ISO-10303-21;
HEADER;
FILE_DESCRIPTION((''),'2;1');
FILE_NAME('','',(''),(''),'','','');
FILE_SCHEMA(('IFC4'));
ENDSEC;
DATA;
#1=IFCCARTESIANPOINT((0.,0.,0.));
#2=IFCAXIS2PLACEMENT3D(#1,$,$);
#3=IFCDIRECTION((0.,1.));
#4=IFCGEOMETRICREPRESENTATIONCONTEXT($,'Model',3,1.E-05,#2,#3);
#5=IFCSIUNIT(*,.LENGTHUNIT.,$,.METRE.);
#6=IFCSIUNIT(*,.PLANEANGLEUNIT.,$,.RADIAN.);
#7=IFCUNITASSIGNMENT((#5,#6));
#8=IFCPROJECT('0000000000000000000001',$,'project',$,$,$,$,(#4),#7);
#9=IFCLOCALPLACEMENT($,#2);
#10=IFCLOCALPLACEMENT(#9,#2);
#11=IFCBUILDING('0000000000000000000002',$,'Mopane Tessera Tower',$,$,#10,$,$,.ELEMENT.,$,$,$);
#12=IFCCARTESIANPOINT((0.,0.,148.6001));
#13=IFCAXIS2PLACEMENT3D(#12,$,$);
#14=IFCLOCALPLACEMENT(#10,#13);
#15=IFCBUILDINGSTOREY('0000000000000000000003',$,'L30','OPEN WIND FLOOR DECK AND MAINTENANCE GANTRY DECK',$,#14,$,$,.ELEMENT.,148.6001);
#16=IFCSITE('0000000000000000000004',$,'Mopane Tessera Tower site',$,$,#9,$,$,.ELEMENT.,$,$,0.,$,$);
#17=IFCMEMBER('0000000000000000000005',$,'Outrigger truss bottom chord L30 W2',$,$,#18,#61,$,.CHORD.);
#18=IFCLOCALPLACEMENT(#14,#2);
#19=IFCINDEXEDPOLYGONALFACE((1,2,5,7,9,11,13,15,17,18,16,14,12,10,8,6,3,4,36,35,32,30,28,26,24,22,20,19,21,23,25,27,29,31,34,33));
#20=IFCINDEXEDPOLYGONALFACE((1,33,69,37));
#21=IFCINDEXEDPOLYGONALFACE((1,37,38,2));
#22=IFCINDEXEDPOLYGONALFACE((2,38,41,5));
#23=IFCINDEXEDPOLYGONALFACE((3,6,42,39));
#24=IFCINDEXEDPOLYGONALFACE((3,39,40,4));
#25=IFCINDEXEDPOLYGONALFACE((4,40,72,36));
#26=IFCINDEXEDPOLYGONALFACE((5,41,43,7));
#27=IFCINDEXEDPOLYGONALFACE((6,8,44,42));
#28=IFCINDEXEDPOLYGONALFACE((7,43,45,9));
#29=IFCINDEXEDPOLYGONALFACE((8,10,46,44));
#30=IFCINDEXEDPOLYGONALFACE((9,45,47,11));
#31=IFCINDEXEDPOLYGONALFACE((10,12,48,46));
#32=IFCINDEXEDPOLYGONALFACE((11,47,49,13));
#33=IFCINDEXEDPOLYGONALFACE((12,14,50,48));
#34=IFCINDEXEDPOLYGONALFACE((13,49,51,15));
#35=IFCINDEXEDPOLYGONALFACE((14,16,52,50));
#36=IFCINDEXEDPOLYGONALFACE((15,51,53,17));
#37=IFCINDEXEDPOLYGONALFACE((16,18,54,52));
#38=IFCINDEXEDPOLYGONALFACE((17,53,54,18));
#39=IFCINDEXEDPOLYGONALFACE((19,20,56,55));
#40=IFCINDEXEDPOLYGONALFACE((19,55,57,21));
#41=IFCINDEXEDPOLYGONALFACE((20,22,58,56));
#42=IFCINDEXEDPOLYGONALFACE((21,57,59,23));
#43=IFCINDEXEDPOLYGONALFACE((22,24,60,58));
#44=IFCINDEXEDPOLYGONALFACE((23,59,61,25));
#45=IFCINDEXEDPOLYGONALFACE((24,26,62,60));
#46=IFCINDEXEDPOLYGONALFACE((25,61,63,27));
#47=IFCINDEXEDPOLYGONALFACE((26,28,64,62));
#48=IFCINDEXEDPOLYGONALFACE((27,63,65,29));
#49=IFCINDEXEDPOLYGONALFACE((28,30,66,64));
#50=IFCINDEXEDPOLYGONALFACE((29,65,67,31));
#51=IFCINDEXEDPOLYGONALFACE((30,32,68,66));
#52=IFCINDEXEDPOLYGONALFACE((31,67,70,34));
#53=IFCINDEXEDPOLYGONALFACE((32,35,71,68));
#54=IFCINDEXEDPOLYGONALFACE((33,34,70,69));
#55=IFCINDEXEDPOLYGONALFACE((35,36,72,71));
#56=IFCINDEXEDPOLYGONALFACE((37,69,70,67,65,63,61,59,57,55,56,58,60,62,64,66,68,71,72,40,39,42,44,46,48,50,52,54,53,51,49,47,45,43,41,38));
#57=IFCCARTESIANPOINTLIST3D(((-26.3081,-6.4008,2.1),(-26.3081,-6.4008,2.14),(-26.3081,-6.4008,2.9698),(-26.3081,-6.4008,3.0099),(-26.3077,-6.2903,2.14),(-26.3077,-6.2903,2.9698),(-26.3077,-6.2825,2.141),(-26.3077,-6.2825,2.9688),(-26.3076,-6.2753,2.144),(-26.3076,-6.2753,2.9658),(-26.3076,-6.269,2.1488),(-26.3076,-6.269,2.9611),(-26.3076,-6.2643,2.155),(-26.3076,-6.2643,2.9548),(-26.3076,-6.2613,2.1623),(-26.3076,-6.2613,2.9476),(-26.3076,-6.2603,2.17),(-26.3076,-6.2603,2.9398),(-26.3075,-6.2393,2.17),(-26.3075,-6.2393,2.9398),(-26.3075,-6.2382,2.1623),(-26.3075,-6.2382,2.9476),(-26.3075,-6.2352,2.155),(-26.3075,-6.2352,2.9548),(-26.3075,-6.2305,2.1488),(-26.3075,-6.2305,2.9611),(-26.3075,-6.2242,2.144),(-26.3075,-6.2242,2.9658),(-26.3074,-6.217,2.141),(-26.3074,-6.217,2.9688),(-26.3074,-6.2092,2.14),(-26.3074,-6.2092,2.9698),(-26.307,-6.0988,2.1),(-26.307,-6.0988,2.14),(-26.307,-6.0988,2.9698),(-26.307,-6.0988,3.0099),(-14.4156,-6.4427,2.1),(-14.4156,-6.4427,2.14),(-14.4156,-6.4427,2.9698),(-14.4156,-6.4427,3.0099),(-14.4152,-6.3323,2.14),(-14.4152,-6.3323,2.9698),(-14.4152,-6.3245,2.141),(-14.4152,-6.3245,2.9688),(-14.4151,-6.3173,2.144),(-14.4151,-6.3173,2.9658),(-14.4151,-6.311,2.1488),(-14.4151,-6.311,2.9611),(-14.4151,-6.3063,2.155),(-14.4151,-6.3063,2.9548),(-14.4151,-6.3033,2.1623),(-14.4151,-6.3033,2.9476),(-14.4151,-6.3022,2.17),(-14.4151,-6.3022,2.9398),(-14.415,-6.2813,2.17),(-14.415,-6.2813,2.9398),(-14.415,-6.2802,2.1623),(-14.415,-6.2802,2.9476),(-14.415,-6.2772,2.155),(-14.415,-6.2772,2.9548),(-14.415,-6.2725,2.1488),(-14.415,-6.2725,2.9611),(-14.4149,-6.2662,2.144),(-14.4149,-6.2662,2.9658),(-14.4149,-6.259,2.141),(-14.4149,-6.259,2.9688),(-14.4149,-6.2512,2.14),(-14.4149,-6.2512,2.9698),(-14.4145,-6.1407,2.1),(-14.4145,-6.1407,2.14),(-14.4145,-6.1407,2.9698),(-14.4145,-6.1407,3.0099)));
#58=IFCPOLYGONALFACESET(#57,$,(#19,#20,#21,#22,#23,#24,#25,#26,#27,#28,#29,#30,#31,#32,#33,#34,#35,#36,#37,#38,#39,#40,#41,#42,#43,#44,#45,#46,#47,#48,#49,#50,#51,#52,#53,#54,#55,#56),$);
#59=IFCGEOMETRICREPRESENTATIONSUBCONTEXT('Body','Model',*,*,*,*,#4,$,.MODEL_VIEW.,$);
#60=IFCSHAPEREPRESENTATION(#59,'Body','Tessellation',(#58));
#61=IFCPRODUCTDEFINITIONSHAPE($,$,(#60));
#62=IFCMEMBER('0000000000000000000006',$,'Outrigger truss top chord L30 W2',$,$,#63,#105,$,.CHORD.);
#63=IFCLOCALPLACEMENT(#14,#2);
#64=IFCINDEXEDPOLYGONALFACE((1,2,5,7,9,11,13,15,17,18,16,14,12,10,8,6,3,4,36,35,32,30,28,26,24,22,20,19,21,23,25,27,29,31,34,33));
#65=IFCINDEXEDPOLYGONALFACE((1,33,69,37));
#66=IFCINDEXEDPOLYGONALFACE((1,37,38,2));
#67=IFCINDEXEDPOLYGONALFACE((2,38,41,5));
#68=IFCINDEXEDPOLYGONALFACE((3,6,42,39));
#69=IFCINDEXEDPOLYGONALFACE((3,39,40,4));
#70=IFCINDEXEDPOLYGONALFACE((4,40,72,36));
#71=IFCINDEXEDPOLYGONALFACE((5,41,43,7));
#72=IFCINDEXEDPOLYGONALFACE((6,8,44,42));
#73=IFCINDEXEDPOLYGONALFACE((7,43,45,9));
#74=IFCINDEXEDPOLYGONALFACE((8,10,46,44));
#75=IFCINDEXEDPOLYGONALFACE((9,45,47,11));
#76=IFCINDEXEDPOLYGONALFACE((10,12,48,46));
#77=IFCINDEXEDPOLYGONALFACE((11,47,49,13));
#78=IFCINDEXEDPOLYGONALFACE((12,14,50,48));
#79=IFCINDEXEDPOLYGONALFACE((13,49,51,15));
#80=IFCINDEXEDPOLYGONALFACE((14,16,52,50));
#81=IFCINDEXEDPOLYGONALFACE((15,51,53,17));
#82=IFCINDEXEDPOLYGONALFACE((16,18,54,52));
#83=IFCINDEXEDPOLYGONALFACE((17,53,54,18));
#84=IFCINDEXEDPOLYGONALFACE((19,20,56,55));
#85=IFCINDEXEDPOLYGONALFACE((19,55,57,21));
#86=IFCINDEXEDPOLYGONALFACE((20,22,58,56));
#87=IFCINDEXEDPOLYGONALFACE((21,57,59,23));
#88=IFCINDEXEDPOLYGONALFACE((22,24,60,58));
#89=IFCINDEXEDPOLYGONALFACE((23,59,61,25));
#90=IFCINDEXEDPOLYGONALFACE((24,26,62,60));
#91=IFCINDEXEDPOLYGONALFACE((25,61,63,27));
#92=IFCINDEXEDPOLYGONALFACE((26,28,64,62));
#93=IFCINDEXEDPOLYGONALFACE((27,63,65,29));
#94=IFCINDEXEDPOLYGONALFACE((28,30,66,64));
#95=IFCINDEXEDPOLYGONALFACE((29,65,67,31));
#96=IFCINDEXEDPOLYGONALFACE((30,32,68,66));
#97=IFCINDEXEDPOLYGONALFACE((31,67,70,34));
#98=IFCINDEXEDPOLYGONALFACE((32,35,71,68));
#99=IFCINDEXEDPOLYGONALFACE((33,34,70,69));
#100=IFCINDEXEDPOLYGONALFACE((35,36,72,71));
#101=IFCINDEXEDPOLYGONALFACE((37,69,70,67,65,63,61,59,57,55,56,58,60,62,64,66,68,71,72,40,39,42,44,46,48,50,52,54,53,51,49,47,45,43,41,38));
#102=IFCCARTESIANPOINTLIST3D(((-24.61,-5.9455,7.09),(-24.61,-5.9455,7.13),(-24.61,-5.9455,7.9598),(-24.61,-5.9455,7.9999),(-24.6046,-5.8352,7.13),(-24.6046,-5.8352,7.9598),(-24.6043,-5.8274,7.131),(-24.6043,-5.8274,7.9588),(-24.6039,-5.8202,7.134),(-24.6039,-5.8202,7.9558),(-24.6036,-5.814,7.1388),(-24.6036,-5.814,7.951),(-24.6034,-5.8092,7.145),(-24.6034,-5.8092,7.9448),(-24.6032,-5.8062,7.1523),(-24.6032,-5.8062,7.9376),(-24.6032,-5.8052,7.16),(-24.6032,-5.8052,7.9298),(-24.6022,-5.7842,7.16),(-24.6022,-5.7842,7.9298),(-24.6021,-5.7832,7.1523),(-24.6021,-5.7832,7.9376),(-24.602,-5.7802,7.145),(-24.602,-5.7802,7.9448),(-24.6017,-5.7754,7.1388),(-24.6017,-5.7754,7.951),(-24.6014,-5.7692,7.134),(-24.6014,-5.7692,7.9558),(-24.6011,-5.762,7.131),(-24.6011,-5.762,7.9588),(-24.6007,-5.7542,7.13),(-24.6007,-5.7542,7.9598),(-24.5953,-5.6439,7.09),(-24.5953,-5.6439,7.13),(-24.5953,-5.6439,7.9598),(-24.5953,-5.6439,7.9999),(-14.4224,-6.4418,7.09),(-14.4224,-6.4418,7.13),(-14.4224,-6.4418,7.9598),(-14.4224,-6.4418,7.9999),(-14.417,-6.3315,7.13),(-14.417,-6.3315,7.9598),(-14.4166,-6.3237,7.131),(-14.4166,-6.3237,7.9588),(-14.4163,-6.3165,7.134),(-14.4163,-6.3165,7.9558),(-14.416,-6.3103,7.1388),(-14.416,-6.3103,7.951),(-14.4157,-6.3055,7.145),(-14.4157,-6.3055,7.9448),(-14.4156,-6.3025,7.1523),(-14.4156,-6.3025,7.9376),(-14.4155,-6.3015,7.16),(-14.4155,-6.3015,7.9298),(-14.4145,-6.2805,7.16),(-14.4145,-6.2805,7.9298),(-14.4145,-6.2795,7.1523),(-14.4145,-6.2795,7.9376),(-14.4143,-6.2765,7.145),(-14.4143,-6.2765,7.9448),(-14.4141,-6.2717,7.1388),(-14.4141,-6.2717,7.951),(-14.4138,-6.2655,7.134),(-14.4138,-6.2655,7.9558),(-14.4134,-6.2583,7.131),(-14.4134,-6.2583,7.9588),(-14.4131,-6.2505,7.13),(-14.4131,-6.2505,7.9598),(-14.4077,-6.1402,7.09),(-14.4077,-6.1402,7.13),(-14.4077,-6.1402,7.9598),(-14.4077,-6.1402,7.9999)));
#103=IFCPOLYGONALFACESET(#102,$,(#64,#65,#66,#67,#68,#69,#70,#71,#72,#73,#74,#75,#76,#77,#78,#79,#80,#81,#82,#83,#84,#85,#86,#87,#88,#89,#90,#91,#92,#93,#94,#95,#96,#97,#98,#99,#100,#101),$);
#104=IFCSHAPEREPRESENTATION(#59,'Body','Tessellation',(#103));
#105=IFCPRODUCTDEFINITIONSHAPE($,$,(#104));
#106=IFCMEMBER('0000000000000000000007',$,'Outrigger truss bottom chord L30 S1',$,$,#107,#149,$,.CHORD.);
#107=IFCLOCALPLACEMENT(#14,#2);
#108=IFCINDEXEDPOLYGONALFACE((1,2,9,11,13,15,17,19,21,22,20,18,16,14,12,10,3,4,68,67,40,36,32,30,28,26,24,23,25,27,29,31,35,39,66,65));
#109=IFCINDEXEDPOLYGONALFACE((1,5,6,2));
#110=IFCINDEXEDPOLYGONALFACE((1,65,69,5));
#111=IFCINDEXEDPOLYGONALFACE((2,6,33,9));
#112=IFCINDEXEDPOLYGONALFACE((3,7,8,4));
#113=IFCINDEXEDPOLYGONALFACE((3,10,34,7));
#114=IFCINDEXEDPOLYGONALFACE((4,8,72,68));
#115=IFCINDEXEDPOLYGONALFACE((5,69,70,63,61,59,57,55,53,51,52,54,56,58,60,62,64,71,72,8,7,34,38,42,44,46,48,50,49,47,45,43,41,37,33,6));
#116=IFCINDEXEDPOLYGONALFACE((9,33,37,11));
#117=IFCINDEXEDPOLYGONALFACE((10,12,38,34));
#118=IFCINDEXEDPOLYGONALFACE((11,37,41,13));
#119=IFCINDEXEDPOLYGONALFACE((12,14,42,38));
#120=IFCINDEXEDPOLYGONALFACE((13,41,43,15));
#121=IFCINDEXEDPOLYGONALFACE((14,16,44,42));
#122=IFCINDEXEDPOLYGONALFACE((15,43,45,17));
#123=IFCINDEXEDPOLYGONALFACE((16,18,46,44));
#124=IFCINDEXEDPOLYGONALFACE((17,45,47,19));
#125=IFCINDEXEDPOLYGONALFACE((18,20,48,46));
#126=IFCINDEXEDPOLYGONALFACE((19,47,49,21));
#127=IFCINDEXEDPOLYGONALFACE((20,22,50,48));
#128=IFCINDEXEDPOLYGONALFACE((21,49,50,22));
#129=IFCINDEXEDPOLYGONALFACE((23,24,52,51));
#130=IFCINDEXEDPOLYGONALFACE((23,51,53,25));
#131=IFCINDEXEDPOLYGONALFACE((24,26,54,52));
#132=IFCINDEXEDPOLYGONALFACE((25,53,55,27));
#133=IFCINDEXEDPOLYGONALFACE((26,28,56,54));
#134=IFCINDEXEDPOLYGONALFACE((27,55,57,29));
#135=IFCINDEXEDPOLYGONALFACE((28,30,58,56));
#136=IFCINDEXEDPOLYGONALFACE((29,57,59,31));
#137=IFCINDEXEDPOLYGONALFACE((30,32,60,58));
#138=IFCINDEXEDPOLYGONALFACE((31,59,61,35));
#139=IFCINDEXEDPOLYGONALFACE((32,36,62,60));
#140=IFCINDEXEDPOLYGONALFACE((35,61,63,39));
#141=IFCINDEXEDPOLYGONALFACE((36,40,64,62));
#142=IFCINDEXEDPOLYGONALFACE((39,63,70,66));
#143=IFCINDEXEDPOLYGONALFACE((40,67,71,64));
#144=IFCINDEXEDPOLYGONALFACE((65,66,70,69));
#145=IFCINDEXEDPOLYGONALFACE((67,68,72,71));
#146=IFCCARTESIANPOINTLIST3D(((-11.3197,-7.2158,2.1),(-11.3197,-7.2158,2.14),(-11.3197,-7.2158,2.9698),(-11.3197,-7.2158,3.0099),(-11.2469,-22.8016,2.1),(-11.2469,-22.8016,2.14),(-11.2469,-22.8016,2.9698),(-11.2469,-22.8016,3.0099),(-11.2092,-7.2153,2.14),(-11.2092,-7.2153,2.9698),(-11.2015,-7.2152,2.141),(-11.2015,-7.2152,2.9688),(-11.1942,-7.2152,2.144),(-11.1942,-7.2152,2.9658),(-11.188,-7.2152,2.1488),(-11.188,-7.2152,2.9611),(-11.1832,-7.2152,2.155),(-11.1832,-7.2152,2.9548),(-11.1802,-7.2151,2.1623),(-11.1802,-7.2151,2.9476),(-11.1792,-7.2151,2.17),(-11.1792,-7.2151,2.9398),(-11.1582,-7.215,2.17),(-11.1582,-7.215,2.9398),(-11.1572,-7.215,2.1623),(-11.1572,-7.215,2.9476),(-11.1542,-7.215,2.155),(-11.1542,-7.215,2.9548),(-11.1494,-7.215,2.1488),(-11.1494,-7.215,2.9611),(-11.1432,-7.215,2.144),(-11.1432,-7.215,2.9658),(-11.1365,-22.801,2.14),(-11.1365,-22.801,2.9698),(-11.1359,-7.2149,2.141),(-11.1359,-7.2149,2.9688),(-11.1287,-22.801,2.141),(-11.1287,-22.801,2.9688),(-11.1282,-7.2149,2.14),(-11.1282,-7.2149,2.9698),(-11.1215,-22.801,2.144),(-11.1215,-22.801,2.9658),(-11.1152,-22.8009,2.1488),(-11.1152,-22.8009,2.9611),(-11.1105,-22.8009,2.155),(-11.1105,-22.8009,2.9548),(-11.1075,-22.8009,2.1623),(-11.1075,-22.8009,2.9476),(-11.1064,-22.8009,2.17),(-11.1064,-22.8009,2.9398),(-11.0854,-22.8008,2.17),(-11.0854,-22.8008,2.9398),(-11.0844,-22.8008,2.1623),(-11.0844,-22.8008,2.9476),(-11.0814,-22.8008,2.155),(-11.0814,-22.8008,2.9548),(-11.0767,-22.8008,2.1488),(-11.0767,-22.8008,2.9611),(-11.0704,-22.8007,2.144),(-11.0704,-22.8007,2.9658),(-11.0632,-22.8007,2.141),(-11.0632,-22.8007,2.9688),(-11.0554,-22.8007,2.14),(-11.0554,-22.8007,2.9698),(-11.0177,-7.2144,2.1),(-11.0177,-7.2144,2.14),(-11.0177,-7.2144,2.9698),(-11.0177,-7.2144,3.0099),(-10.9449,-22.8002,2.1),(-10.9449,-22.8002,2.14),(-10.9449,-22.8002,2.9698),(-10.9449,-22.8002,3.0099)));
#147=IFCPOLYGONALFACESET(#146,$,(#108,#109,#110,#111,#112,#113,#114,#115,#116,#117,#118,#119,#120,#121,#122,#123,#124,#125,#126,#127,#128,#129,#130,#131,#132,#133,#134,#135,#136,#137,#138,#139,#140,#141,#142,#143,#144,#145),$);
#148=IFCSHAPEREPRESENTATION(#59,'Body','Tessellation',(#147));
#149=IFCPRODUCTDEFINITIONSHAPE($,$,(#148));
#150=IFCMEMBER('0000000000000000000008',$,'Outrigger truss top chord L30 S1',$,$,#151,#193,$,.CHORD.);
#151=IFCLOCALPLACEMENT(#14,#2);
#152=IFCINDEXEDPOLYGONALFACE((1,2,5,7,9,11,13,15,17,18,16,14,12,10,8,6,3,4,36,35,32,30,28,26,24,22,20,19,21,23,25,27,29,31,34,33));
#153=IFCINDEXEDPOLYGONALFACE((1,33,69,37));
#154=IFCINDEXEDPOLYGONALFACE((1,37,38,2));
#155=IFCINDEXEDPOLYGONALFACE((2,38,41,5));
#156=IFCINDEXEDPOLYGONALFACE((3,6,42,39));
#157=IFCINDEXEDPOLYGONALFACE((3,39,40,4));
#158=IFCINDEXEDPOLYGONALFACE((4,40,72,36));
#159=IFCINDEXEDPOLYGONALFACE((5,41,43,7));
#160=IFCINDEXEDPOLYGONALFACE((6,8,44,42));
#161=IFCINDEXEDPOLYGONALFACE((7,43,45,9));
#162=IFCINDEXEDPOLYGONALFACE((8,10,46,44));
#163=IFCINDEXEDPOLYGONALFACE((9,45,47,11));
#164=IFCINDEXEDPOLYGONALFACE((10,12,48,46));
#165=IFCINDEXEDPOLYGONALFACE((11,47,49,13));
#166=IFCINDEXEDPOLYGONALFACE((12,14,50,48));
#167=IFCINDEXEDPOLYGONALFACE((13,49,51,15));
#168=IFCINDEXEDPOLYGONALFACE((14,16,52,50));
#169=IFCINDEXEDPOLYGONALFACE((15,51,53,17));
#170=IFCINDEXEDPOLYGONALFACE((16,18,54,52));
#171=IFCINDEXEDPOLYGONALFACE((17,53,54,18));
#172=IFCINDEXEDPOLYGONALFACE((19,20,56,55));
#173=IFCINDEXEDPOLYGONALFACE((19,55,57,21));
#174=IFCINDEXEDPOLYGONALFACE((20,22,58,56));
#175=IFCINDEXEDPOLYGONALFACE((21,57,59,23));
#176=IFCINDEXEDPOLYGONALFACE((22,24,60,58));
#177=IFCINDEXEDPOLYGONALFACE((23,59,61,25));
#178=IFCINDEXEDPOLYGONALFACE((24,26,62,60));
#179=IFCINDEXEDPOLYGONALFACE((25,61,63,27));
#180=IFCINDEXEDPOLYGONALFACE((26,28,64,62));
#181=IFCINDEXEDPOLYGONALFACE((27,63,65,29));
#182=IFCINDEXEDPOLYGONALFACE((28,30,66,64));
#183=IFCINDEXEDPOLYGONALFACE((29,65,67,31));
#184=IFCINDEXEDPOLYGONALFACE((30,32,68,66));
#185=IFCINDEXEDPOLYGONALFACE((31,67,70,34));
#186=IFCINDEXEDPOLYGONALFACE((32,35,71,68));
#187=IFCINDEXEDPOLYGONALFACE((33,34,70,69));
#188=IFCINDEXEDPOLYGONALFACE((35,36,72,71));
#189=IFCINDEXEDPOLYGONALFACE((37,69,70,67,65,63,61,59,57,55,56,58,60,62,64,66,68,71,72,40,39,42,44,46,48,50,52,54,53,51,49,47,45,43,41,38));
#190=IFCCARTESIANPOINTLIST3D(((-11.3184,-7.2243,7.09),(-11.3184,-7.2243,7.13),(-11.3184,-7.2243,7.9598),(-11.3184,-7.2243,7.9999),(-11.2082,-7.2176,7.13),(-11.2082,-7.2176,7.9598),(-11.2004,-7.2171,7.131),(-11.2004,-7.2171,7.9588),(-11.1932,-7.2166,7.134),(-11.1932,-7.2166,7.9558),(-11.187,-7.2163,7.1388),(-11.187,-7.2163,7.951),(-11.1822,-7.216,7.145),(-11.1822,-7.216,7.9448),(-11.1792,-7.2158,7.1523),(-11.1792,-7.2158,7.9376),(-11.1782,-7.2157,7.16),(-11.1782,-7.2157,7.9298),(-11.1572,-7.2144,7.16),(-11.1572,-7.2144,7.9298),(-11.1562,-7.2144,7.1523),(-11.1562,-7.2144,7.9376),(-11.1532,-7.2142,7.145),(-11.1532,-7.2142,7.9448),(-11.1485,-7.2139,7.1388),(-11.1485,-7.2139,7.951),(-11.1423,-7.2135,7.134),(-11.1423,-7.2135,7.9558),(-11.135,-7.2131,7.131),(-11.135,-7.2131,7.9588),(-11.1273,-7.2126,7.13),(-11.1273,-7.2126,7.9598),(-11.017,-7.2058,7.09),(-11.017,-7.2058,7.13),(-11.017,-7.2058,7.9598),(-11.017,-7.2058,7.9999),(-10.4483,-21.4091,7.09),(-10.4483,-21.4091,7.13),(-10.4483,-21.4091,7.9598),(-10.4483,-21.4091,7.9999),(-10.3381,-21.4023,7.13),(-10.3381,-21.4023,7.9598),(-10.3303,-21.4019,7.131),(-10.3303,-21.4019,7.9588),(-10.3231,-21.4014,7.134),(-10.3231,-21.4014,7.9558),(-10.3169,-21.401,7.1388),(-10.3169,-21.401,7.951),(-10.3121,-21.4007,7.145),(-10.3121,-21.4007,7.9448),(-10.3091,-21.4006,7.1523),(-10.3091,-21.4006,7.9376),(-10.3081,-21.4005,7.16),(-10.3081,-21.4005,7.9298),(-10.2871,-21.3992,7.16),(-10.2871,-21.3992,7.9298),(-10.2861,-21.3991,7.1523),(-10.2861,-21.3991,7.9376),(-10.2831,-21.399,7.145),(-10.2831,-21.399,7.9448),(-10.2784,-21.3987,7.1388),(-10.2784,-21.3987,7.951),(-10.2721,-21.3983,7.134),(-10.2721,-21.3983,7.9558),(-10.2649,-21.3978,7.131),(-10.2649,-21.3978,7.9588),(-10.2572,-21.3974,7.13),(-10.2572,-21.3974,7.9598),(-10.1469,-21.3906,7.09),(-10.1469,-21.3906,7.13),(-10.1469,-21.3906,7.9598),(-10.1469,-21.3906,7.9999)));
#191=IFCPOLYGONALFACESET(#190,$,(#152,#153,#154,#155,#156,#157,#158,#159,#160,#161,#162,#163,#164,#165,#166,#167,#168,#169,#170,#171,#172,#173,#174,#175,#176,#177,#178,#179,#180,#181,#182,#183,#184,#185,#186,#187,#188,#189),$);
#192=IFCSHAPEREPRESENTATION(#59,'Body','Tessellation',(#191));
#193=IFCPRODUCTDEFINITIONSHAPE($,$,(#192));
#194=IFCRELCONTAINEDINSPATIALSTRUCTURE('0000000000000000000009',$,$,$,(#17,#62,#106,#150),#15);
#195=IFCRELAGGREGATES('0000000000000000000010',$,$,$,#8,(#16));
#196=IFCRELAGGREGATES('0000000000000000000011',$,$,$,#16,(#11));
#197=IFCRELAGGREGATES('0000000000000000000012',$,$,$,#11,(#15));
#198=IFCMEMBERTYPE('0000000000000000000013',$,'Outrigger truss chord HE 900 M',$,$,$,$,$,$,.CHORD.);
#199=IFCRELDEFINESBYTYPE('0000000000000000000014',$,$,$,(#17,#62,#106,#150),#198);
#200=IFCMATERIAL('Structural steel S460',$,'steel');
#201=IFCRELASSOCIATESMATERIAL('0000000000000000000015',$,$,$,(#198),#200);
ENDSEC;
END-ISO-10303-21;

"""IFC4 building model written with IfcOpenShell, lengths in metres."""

from ifc_helpers import new_model, si_unit, direction, frame, origin, origin_2d, place, context, subcontext, project, spatial, i_section, extrude, material, material_profile, profile_set, type_object, element, save


model = new_model("IFC4")

# Units and contexts
model_context = context("Model", 3, precision=1e-05, world=origin(), true_north=direction((0.0, 1.0)))
body_context = subcontext(model_context, "Body", "Model", "MODEL_VIEW")
ifc_project = project(units=[si_unit("LENGTHUNIT", "METRE"), si_unit("PLANEANGLEUNIT", "RADIAN")], contexts=[model_context])

# Site, building, storey
site_placement = place(None, origin())
site = spatial("IfcSite", under=ifc_project, at=site_placement, Name="Mopane Tessera Tower site", CompositionType="ELEMENT", RefElevation=0.0)
building_placement = place(site_placement, origin())
building = spatial("IfcBuilding", under=site, at=building_placement, Name="Mopane Tessera Tower", CompositionType="ELEMENT")
storey_placement = place(building_placement, frame((0.0, 0.0, 148.6001)))
storey = spatial("IfcBuildingStorey", under=building, at=storey_placement, Name="L30", Description="OPEN WIND FLOOR DECK AND MAINTENANCE GANTRY DECK", CompositionType="ELEMENT", Elevation=148.6001)

# Members
ifc_material_1 = material(Name="Structural steel S460", Category="steel")
ifc_material_profile = material_profile(ifc_material_1, i_section(OverallWidth=0.302, OverallDepth=0.9099, WebThickness=0.021, FlangeThickness=0.04, FilletRadius=0.03, at=origin_2d()))
ifc_profile_set = profile_set([ifc_material_profile], Name="Structural steel S460")
member_type = type_object("IfcMemberType", Name="Outrigger truss chord HE 900 M", PredefinedType="CHORD", material=ifc_profile_set)
member_1_placement = place(storey_placement, frame((-14.415, -6.2917, 2.5549), z_axis=(-0.999994, 0.003531, 0.0), x_axis=(-0.003531, -0.999994, 0.0)))
element("IfcMember", 1, at=member_1_placement, inside=storey, type_object=member_type, Name="Outrigger truss bottom chord L30 W2", PredefinedType="CHORD", context=body_context, shape_type="SweptSolid", body=[
    extrude(i_section(OverallWidth=0.302, OverallDepth=0.9099, WebThickness=0.021, FlangeThickness=0.04, FilletRadius=0.03, at=origin_2d()), origin(), (0.0, 0.0, 1.0), 11.8926),
])
member_2_placement = place(storey_placement, frame((-14.415, -6.291, 7.5449), z_axis=(-0.998815, 0.048661, 0.0), x_axis=(-0.048661, -0.998815, 0.0)))
element("IfcMember", 2, at=member_2_placement, inside=storey, type_object=member_type, Name="Outrigger truss top chord L30 W2", PredefinedType="CHORD", context=body_context, shape_type="SweptSolid", body=[
    extrude(i_section(OverallWidth=0.302, OverallDepth=0.9099, WebThickness=0.021, FlangeThickness=0.04, FilletRadius=0.03, at=origin_2d()), origin(), (0.0, 0.0, 1.0), 10.1997),
])
member_3_placement = place(storey_placement, frame((-11.1687, -7.2151, 2.5549), z_axis=(0.004668, -0.999989, 0.0), x_axis=(0.999989, 0.004668, 0.0)))
element("IfcMember", 3, at=member_3_placement, inside=storey, type_object=member_type, Name="Outrigger truss bottom chord L30 S1", PredefinedType="CHORD", context=body_context, shape_type="SweptSolid", body=[
    extrude(i_section(OverallWidth=0.302, OverallDepth=0.9099, WebThickness=0.021, FlangeThickness=0.04, FilletRadius=0.03, at=origin_2d()), origin(), (0.0, 0.0, 1.0), 15.5859),
])
member_4_placement = place(storey_placement, frame((-11.1677, -7.2151, 7.5449), z_axis=(0.061226, -0.998124, 0.0), x_axis=(0.998124, 0.061226, 0.0)))
element("IfcMember", 4, at=member_4_placement, inside=storey, type_object=member_type, Name="Outrigger truss top chord L30 S1", PredefinedType="CHORD", context=body_context, shape_type="SweptSolid", body=[
    extrude(i_section(OverallWidth=0.302, OverallDepth=0.9099, WebThickness=0.021, FlangeThickness=0.04, FilletRadius=0.03, at=origin_2d()), origin(), (0.0, 0.0, 1.0), 14.2114),
])

save(model, "model.ifc")
